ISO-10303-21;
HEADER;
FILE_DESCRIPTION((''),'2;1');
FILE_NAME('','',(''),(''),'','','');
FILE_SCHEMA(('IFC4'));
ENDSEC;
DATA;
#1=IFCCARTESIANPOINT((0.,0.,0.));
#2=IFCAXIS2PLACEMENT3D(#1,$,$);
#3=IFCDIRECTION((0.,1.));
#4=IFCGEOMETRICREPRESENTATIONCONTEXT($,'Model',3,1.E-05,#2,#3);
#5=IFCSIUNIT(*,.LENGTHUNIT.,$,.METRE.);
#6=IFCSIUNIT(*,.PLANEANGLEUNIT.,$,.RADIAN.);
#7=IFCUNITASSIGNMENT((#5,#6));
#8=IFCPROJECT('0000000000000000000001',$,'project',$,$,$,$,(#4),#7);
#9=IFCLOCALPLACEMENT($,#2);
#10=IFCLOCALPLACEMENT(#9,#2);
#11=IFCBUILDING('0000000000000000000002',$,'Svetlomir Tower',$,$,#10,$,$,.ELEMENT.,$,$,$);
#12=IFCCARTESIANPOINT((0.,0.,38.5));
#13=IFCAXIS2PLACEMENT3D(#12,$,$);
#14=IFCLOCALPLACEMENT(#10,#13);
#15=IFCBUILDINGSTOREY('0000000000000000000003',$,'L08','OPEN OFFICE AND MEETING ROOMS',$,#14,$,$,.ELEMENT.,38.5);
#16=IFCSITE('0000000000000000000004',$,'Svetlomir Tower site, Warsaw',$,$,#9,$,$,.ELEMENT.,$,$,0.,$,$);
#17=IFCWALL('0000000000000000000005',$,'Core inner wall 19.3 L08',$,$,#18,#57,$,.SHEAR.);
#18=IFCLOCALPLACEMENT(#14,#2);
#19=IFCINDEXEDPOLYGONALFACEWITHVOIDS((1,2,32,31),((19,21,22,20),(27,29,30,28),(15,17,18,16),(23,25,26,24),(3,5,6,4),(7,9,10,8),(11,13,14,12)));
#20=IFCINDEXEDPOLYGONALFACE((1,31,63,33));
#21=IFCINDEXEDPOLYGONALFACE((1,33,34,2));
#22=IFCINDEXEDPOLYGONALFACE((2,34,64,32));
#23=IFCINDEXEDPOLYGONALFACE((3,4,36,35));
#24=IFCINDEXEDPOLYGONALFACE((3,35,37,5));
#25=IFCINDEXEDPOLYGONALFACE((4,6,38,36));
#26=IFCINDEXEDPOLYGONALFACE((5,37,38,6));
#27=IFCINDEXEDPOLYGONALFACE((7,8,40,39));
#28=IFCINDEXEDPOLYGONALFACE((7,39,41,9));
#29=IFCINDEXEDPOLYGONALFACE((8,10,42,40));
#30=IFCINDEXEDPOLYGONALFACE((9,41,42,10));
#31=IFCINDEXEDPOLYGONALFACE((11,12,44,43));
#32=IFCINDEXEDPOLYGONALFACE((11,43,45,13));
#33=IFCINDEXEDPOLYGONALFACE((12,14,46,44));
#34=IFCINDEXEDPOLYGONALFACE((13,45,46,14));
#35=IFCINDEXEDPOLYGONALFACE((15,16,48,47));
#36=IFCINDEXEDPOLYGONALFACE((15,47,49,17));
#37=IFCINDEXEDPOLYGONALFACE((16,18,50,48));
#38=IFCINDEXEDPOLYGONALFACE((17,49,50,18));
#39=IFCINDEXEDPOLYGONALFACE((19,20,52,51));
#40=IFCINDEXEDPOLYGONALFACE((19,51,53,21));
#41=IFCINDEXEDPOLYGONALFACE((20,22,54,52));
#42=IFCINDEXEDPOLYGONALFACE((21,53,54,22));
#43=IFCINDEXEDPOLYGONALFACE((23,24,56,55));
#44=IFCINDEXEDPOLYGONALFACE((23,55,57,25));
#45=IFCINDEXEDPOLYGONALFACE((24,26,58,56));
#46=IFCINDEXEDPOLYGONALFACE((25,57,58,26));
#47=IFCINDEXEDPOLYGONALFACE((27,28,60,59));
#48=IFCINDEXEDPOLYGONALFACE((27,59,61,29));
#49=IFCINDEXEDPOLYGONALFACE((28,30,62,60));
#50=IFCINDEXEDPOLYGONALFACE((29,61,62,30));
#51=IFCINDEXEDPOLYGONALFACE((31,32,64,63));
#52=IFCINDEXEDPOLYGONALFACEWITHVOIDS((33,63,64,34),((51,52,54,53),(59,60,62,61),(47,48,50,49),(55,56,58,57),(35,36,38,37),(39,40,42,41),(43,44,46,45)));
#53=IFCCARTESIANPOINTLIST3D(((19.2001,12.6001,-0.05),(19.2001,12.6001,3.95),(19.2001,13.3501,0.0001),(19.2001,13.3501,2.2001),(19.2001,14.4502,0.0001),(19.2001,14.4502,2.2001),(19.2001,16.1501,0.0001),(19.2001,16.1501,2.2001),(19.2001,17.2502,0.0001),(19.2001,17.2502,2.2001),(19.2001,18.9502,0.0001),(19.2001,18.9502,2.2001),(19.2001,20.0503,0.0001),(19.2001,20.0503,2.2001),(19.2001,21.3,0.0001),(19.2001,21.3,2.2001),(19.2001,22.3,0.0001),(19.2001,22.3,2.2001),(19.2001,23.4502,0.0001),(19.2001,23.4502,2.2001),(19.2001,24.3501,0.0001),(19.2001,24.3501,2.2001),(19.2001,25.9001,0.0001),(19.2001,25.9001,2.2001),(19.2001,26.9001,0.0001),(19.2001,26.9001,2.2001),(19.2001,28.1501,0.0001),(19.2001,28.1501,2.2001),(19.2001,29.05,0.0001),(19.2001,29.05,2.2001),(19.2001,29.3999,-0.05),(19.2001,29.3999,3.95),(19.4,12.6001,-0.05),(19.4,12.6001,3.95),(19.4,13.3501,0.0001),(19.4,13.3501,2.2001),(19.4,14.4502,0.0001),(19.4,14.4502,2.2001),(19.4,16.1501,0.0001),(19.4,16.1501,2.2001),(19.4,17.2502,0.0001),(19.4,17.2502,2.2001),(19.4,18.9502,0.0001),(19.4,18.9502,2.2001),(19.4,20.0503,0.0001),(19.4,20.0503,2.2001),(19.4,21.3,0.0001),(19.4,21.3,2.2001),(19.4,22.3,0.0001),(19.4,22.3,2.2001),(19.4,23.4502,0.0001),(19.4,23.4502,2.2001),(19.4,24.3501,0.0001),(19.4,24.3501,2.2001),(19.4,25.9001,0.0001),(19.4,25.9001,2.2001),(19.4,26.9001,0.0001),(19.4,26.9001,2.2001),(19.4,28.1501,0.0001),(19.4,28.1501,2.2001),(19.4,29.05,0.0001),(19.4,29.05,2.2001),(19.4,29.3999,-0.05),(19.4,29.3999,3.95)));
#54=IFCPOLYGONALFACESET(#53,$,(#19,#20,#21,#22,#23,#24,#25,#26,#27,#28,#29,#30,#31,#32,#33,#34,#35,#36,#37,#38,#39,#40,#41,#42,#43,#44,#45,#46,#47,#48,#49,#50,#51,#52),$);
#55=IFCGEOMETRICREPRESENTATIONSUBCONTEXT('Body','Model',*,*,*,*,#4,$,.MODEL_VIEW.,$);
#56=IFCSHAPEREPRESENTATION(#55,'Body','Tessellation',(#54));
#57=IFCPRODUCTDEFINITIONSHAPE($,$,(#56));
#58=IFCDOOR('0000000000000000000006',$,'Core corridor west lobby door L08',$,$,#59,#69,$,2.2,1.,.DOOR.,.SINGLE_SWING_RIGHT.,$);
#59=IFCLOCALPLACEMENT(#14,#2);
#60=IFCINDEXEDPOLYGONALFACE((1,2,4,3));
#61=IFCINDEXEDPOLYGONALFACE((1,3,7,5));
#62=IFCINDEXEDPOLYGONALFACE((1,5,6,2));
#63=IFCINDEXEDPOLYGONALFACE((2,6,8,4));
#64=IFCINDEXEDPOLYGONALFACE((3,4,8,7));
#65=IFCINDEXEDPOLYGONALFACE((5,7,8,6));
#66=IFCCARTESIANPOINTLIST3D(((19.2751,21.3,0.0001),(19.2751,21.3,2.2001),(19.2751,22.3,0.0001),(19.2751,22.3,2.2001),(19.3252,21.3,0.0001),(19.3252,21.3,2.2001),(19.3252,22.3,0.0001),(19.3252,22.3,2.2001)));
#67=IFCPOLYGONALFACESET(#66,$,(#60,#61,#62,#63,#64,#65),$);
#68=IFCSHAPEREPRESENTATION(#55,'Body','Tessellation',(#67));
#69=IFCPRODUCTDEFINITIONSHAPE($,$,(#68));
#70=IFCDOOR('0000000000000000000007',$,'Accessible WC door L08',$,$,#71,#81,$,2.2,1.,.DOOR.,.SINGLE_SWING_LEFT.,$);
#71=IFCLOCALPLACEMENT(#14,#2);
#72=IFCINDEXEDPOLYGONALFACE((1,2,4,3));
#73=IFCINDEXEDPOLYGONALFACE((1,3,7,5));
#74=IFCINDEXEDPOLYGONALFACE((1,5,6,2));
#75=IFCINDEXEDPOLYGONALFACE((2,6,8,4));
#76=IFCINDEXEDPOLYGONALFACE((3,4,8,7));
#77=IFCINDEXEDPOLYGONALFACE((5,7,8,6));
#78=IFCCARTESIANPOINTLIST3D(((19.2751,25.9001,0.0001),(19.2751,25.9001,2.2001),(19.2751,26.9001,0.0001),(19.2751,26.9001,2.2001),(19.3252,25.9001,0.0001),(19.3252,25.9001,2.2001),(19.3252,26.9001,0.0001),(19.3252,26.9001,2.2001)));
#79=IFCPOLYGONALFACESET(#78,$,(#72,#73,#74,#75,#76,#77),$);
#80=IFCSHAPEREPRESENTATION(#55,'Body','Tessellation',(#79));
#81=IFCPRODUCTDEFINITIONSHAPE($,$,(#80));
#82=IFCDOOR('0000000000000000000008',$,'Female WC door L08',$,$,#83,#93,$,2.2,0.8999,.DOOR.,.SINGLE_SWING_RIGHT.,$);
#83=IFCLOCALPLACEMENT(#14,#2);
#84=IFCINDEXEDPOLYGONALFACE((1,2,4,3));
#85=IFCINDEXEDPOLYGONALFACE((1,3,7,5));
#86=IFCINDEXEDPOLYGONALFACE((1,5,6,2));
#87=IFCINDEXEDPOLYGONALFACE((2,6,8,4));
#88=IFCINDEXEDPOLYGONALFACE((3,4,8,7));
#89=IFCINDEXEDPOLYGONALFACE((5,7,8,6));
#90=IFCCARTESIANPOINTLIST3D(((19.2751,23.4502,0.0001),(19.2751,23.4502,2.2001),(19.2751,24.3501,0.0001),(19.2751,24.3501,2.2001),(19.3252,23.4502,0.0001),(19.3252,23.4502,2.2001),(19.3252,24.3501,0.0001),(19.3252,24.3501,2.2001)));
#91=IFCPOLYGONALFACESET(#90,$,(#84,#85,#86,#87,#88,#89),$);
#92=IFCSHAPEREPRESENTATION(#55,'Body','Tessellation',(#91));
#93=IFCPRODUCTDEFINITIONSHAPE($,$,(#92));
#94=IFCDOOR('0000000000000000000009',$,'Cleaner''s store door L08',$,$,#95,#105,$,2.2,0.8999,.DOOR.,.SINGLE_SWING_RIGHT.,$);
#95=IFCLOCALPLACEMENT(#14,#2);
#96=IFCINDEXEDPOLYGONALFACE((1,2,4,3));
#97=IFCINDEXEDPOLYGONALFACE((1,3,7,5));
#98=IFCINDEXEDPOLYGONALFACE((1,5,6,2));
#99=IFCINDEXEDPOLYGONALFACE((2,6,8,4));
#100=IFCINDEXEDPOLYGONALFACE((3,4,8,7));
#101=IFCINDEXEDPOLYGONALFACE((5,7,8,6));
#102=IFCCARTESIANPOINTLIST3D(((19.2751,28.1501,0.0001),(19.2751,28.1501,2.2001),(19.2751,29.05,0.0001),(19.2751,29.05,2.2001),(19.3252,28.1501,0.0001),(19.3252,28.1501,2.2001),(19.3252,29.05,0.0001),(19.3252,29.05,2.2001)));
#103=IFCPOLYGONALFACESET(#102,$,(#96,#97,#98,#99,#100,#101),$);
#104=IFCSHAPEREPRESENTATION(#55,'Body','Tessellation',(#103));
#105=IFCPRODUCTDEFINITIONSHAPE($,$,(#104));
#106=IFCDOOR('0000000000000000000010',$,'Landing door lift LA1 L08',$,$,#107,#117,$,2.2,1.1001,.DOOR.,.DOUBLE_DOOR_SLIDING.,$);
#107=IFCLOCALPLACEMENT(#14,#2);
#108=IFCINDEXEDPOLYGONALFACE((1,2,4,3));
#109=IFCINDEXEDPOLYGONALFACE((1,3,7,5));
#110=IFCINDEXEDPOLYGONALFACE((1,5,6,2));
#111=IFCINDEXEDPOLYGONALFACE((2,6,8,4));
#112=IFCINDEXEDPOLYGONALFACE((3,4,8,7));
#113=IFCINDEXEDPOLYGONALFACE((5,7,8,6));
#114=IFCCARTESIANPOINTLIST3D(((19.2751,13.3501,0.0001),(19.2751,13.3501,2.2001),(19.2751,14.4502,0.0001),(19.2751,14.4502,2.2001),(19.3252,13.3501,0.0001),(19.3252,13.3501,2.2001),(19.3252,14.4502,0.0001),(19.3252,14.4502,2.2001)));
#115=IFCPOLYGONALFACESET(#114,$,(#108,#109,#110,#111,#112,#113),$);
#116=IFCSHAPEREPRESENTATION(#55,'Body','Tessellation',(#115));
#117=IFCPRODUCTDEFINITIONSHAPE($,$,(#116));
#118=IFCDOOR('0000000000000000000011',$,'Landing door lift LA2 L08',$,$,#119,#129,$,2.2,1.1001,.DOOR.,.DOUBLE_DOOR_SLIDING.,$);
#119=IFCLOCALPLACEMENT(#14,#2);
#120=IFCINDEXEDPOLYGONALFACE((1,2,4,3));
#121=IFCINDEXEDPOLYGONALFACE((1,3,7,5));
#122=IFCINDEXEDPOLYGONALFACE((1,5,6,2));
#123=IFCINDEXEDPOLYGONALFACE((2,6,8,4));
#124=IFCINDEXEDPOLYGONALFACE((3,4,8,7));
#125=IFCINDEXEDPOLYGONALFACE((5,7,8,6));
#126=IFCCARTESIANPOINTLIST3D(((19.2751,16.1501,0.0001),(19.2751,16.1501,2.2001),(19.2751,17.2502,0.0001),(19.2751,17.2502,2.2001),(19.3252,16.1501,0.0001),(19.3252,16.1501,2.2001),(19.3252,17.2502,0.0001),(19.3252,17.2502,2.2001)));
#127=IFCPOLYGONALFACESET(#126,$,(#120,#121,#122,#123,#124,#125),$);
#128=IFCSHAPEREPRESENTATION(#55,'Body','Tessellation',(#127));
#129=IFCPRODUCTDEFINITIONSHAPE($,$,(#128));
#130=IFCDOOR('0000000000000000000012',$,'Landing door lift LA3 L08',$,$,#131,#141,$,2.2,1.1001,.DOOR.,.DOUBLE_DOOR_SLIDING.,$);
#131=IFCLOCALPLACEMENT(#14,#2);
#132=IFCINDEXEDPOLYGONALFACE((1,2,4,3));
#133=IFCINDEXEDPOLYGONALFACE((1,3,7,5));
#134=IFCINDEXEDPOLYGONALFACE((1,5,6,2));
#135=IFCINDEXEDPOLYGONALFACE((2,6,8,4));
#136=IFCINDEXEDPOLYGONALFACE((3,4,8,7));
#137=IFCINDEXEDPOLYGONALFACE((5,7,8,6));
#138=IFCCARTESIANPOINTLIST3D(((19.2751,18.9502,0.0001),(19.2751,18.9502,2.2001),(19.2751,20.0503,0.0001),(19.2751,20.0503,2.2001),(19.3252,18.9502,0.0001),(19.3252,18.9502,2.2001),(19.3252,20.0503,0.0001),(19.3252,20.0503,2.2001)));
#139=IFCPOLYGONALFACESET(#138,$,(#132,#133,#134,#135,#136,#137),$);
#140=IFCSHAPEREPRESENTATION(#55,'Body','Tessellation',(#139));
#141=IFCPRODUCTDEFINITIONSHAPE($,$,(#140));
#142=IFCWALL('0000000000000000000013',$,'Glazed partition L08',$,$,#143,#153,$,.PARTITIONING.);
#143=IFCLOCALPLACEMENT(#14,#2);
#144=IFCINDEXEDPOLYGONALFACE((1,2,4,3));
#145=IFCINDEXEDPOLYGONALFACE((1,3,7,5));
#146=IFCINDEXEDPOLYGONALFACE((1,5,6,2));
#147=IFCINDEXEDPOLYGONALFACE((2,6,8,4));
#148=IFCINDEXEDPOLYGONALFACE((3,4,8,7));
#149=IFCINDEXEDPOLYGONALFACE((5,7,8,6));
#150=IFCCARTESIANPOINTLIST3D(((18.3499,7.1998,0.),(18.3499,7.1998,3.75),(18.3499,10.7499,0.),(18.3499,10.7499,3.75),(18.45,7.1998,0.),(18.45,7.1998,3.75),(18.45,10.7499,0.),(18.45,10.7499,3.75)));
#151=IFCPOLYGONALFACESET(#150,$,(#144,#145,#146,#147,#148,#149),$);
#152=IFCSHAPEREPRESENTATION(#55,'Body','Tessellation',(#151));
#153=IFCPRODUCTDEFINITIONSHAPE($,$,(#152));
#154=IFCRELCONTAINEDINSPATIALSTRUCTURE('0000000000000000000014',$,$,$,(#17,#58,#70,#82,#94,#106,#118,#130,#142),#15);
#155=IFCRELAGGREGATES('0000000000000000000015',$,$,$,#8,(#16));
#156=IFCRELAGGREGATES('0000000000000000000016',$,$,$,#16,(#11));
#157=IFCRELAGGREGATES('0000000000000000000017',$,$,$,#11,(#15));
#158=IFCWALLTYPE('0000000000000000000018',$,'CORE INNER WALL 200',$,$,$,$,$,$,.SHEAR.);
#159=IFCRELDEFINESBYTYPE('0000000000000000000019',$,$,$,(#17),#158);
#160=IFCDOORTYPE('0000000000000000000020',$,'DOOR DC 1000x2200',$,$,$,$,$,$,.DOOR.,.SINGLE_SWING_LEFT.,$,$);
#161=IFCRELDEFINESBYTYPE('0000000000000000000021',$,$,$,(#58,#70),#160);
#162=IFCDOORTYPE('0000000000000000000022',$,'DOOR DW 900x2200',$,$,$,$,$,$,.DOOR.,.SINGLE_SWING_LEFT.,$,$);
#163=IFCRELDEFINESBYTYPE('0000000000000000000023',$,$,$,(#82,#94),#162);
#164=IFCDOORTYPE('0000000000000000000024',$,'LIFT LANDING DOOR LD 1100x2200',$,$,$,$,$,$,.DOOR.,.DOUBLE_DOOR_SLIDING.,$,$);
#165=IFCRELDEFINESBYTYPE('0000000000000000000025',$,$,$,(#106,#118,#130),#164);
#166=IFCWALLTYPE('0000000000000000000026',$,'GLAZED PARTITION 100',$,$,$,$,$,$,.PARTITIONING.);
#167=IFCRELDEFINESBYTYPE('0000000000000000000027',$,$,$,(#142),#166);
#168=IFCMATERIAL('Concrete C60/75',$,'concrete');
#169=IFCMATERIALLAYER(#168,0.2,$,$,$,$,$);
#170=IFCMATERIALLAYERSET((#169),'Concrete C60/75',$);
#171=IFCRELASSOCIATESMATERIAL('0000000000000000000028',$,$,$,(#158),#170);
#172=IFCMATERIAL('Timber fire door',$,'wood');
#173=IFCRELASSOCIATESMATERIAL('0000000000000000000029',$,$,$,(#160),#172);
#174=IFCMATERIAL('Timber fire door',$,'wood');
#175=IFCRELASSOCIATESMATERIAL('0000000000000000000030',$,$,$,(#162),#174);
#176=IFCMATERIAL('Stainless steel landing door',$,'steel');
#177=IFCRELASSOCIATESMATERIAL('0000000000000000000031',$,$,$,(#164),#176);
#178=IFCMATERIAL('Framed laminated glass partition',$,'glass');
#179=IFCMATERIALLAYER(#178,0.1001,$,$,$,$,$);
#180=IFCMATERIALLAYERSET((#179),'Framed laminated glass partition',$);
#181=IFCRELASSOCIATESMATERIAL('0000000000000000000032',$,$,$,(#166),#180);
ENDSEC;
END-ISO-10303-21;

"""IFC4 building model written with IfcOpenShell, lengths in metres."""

from ifc_helpers import new_model, si_unit, direction, frame, frame_2d, origin, place, context, subcontext, project, spatial, rectangle, extrude, material, layer, layer_set, type_object, element, fill, save


model = new_model("IFC4")

# Units and contexts
model_context = context("Model", 3, precision=1e-05, world=origin(), true_north=direction((0.0, 1.0)))
body_context = subcontext(model_context, "Body", "Model", "MODEL_VIEW")
ifc_project = project(units=[si_unit("LENGTHUNIT", "METRE"), si_unit("PLANEANGLEUNIT", "RADIAN")], contexts=[model_context])

# Site, building, storey
site_placement = place(None, origin())
site = spatial("IfcSite", under=ifc_project, at=site_placement, Name="Svetlomir Tower site, Warsaw", CompositionType="ELEMENT", RefElevation=0.0)
building_placement = place(site_placement, origin())
building = spatial("IfcBuilding", under=site, at=building_placement, Name="Svetlomir Tower", CompositionType="ELEMENT")
storey_placement = place(building_placement, frame((0.0, 0.0, 38.5)))
storey = spatial("IfcBuildingStorey", under=building, at=storey_placement, Name="L08", Description="OPEN OFFICE AND MEETING ROOMS", CompositionType="ELEMENT", Elevation=38.5)

# Shared definitions
ifc_material_1 = material(Name="Concrete C60/75", Category="concrete")
ifc_layer_1 = layer(ifc_material_1, 0.2)
ifc_layer_set_1 = layer_set([ifc_layer_1], Name="Concrete C60/75")
wall_type_1 = type_object("IfcWallType", Name="CORE INNER WALL 200", PredefinedType="SHEAR", material=ifc_layer_set_1)

# Wall, openings, doors
wall_1_placement = place(storey_placement, frame((19.3, 12.6001, -0.05), z_axis=(0.0, 0.0, 1.0), x_axis=(0.0, 1.0, 0.0)))
wall_1 = element("IfcWall", 1, at=wall_1_placement, inside=storey, type_object=wall_type_1, Name="Core inner wall 19.3 L08", PredefinedType="SHEAR", context=body_context, shape_type="SweptSolid", body=[
    extrude(rectangle(XDim=16.7998, YDim=0.2, at=frame_2d((8.3999, 0.0))), origin(), (0.0, 0.0, 1.0), 4.0),
])
opening_1_placement = place(wall_1_placement, frame((8.7, 0.0, 0.05)))
opening_1 = element("IfcOpeningElement", 2, at=opening_1_placement, cuts=wall_1, PredefinedType="OPENING", context=body_context, shape_type="SweptSolid", body=[
    extrude(rectangle(XDim=1.0, YDim=2.2, at=frame_2d((0.5, 1.1001))), frame((0.0, 0.1099, 0.0), z_axis=(0.0, -1.0, 0.0), x_axis=(1.0, 0.0, 0.0)), (0.0, 0.0, 1.0), 0.22),
])
opening_2_placement = place(wall_1_placement, frame((10.8501, 0.0, 0.05)))
opening_2 = element("IfcOpeningElement", 3, at=opening_2_placement, cuts=wall_1, PredefinedType="OPENING", context=body_context, shape_type="SweptSolid", body=[
    extrude(rectangle(XDim=0.8999, YDim=2.2, at=frame_2d((0.45, 1.1001))), frame((0.0, 0.1099, 0.0), z_axis=(0.0, -1.0, 0.0), x_axis=(1.0, 0.0, 0.0)), (0.0, 0.0, 1.0), 0.22),
])
opening_3_placement = place(wall_1_placement, frame((13.3, 0.0, 0.05)))
opening_3 = element("IfcOpeningElement", 4, at=opening_3_placement, cuts=wall_1, PredefinedType="OPENING", context=body_context, shape_type="SweptSolid", body=[
    extrude(rectangle(XDim=1.0, YDim=2.2, at=frame_2d((0.5, 1.1001))), frame((0.0, 0.1099, 0.0), z_axis=(0.0, -1.0, 0.0), x_axis=(1.0, 0.0, 0.0)), (0.0, 0.0, 1.0), 0.22),
])
opening_4_placement = place(wall_1_placement, frame((15.55, 0.0, 0.05)))
opening_4 = element("IfcOpeningElement", 5, at=opening_4_placement, cuts=wall_1, PredefinedType="OPENING", context=body_context, shape_type="SweptSolid", body=[
    extrude(rectangle(XDim=0.8999, YDim=2.2, at=frame_2d((0.45, 1.1001))), frame((0.0, 0.1099, 0.0), z_axis=(0.0, -1.0, 0.0), x_axis=(1.0, 0.0, 0.0)), (0.0, 0.0, 1.0), 0.22),
])
opening_5_placement = place(wall_1_placement, frame((0.75, 0.0, 0.05)))
opening_5 = element("IfcOpeningElement", 6, at=opening_5_placement, cuts=wall_1, PredefinedType="OPENING", context=body_context, shape_type="SweptSolid", body=[
    extrude(rectangle(XDim=1.1001, YDim=2.2, at=frame_2d((0.55, 1.1001))), frame((0.0, 0.1099, 0.0), z_axis=(0.0, -1.0, 0.0), x_axis=(1.0, 0.0, 0.0)), (0.0, 0.0, 1.0), 0.22),
])
opening_6_placement = place(wall_1_placement, frame((3.55, 0.0, 0.05)))
opening_6 = element("IfcOpeningElement", 7, at=opening_6_placement, cuts=wall_1, PredefinedType="OPENING", context=body_context, shape_type="SweptSolid", body=[
    extrude(rectangle(XDim=1.1001, YDim=2.2, at=frame_2d((0.55, 1.1001))), frame((0.0, 0.1099, 0.0), z_axis=(0.0, -1.0, 0.0), x_axis=(1.0, 0.0, 0.0)), (0.0, 0.0, 1.0), 0.22),
])
opening_7_placement = place(wall_1_placement, frame((6.3501, 0.0, 0.05)))
opening_7 = element("IfcOpeningElement", 8, at=opening_7_placement, cuts=wall_1, PredefinedType="OPENING", context=body_context, shape_type="SweptSolid", body=[
    extrude(rectangle(XDim=1.1001, YDim=2.2, at=frame_2d((0.55, 1.1001))), frame((0.0, 0.1099, 0.0), z_axis=(0.0, -1.0, 0.0), x_axis=(1.0, 0.0, 0.0)), (0.0, 0.0, 1.0), 0.22),
])
ifc_material_2 = material(Name="Timber fire door", Category="wood")
door_type_1 = type_object("IfcDoorType", Name="DOOR DC 1000x2200", OperationType="SINGLE_SWING_LEFT", PredefinedType="DOOR", material=ifc_material_2)
door_1_placement = place(opening_1_placement, origin())
door_1 = element("IfcDoor", 9, at=door_1_placement, inside=storey, type_object=door_type_1, Name="Core corridor west lobby door L08", OperationType="SINGLE_SWING_RIGHT", OverallHeight=2.2, OverallWidth=1.0, PredefinedType="DOOR", context=body_context, shape_type="SweptSolid", body=[
    extrude(rectangle(XDim=1.0, YDim=2.2, at=frame_2d((0.5, 1.1001))), frame((0.0, 0.0249, 0.0), z_axis=(0.0, -1.0, 0.0), x_axis=(1.0, 0.0, 0.0)), (0.0, 0.0, 1.0), 0.05),
])
fill(opening_1, door_1)
door_2_placement = place(opening_3_placement, origin())
door_2 = element("IfcDoor", 10, at=door_2_placement, inside=storey, type_object=door_type_1, Name="Accessible WC door L08", OperationType="SINGLE_SWING_LEFT", OverallHeight=2.2, OverallWidth=1.0, PredefinedType="DOOR", context=body_context, shape_type="SweptSolid", body=[
    extrude(rectangle(XDim=1.0, YDim=2.2, at=frame_2d((0.5, 1.1001))), frame((0.0, 0.0249, 0.0), z_axis=(0.0, -1.0, 0.0), x_axis=(1.0, 0.0, 0.0)), (0.0, 0.0, 1.0), 0.05),
])
fill(opening_3, door_2)
ifc_material_3 = material(Name="Timber fire door", Category="wood")
door_type_2 = type_object("IfcDoorType", Name="DOOR DW 900x2200", OperationType="SINGLE_SWING_LEFT", PredefinedType="DOOR", material=ifc_material_3)
door_3_placement = place(opening_2_placement, origin())
door_3 = element("IfcDoor", 11, at=door_3_placement, inside=storey, type_object=door_type_2, Name="Female WC door L08", OperationType="SINGLE_SWING_RIGHT", OverallHeight=2.2, OverallWidth=0.8999, PredefinedType="DOOR", context=body_context, shape_type="SweptSolid", body=[
    extrude(rectangle(XDim=0.8999, YDim=2.2, at=frame_2d((0.45, 1.1001))), frame((0.0, 0.0249, 0.0), z_axis=(0.0, -1.0, 0.0), x_axis=(1.0, 0.0, 0.0)), (0.0, 0.0, 1.0), 0.05),
])
fill(opening_2, door_3)
door_4_placement = place(opening_4_placement, origin())
door_4 = element("IfcDoor", 12, at=door_4_placement, inside=storey, type_object=door_type_2, Name="Cleaner's store door L08", OperationType="SINGLE_SWING_RIGHT", OverallHeight=2.2, OverallWidth=0.8999, PredefinedType="DOOR", context=body_context, shape_type="SweptSolid", body=[
    extrude(rectangle(XDim=0.8999, YDim=2.2, at=frame_2d((0.45, 1.1001))), frame((0.0, 0.0249, 0.0), z_axis=(0.0, -1.0, 0.0), x_axis=(1.0, 0.0, 0.0)), (0.0, 0.0, 1.0), 0.05),
])
fill(opening_4, door_4)
ifc_material_4 = material(Name="Stainless steel landing door", Category="steel")
door_type_3 = type_object("IfcDoorType", Name="LIFT LANDING DOOR LD 1100x2200", OperationType="DOUBLE_DOOR_SLIDING", PredefinedType="DOOR", material=ifc_material_4)
door_5_placement = place(opening_5_placement, origin())
door_5 = element("IfcDoor", 13, at=door_5_placement, inside=storey, type_object=door_type_3, Name="Landing door lift LA1 L08", OperationType="DOUBLE_DOOR_SLIDING", OverallHeight=2.2, OverallWidth=1.1001, PredefinedType="DOOR", context=body_context, shape_type="SweptSolid", body=[
    extrude(rectangle(XDim=1.1001, YDim=2.2, at=frame_2d((0.55, 1.1001))), frame((0.0, 0.0249, 0.0), z_axis=(0.0, -1.0, 0.0), x_axis=(1.0, 0.0, 0.0)), (0.0, 0.0, 1.0), 0.05),
])
fill(opening_5, door_5)
door_6_placement = place(opening_6_placement, origin())
door_6 = element("IfcDoor", 14, at=door_6_placement, inside=storey, type_object=door_type_3, Name="Landing door lift LA2 L08", OperationType="DOUBLE_DOOR_SLIDING", OverallHeight=2.2, OverallWidth=1.1001, PredefinedType="DOOR", context=body_context, shape_type="SweptSolid", body=[
    extrude(rectangle(XDim=1.1001, YDim=2.2, at=frame_2d((0.55, 1.1001))), frame((0.0, 0.0249, 0.0), z_axis=(0.0, -1.0, 0.0), x_axis=(1.0, 0.0, 0.0)), (0.0, 0.0, 1.0), 0.05),
])
fill(opening_6, door_6)
door_7_placement = place(opening_7_placement, origin())
door_7 = element("IfcDoor", 15, at=door_7_placement, inside=storey, type_object=door_type_3, Name="Landing door lift LA3 L08", OperationType="DOUBLE_DOOR_SLIDING", OverallHeight=2.2, OverallWidth=1.1001, PredefinedType="DOOR", context=body_context, shape_type="SweptSolid", body=[
    extrude(rectangle(XDim=1.1001, YDim=2.2, at=frame_2d((0.55, 1.1001))), frame((0.0, 0.0249, 0.0), z_axis=(0.0, -1.0, 0.0), x_axis=(1.0, 0.0, 0.0)), (0.0, 0.0, 1.0), 0.05),
])
fill(opening_7, door_7)

# Wall
ifc_material_5 = material(Name="Framed laminated glass partition", Category="glass")
ifc_layer_2 = layer(ifc_material_5, 0.1001)
ifc_layer_set_2 = layer_set([ifc_layer_2], Name="Framed laminated glass partition")
wall_type_2 = type_object("IfcWallType", Name="GLAZED PARTITION 100", PredefinedType="PARTITIONING", material=ifc_layer_set_2)
wall_2_placement = place(storey_placement, frame((18.3999, 7.2, 0.0), z_axis=(0.0, 0.0, 1.0), x_axis=(0.0, 1.0, 0.0)))
element("IfcWall", 16, at=wall_2_placement, inside=storey, type_object=wall_type_2, Name="Glazed partition L08", PredefinedType="PARTITIONING", context=body_context, shape_type="SweptSolid", body=[
    extrude(rectangle(XDim=3.55, YDim=0.1001, at=frame_2d((1.7749, 0.0))), origin(), (0.0, 0.0, 1.0), 3.75),
])

save(model, "model.ifc")
